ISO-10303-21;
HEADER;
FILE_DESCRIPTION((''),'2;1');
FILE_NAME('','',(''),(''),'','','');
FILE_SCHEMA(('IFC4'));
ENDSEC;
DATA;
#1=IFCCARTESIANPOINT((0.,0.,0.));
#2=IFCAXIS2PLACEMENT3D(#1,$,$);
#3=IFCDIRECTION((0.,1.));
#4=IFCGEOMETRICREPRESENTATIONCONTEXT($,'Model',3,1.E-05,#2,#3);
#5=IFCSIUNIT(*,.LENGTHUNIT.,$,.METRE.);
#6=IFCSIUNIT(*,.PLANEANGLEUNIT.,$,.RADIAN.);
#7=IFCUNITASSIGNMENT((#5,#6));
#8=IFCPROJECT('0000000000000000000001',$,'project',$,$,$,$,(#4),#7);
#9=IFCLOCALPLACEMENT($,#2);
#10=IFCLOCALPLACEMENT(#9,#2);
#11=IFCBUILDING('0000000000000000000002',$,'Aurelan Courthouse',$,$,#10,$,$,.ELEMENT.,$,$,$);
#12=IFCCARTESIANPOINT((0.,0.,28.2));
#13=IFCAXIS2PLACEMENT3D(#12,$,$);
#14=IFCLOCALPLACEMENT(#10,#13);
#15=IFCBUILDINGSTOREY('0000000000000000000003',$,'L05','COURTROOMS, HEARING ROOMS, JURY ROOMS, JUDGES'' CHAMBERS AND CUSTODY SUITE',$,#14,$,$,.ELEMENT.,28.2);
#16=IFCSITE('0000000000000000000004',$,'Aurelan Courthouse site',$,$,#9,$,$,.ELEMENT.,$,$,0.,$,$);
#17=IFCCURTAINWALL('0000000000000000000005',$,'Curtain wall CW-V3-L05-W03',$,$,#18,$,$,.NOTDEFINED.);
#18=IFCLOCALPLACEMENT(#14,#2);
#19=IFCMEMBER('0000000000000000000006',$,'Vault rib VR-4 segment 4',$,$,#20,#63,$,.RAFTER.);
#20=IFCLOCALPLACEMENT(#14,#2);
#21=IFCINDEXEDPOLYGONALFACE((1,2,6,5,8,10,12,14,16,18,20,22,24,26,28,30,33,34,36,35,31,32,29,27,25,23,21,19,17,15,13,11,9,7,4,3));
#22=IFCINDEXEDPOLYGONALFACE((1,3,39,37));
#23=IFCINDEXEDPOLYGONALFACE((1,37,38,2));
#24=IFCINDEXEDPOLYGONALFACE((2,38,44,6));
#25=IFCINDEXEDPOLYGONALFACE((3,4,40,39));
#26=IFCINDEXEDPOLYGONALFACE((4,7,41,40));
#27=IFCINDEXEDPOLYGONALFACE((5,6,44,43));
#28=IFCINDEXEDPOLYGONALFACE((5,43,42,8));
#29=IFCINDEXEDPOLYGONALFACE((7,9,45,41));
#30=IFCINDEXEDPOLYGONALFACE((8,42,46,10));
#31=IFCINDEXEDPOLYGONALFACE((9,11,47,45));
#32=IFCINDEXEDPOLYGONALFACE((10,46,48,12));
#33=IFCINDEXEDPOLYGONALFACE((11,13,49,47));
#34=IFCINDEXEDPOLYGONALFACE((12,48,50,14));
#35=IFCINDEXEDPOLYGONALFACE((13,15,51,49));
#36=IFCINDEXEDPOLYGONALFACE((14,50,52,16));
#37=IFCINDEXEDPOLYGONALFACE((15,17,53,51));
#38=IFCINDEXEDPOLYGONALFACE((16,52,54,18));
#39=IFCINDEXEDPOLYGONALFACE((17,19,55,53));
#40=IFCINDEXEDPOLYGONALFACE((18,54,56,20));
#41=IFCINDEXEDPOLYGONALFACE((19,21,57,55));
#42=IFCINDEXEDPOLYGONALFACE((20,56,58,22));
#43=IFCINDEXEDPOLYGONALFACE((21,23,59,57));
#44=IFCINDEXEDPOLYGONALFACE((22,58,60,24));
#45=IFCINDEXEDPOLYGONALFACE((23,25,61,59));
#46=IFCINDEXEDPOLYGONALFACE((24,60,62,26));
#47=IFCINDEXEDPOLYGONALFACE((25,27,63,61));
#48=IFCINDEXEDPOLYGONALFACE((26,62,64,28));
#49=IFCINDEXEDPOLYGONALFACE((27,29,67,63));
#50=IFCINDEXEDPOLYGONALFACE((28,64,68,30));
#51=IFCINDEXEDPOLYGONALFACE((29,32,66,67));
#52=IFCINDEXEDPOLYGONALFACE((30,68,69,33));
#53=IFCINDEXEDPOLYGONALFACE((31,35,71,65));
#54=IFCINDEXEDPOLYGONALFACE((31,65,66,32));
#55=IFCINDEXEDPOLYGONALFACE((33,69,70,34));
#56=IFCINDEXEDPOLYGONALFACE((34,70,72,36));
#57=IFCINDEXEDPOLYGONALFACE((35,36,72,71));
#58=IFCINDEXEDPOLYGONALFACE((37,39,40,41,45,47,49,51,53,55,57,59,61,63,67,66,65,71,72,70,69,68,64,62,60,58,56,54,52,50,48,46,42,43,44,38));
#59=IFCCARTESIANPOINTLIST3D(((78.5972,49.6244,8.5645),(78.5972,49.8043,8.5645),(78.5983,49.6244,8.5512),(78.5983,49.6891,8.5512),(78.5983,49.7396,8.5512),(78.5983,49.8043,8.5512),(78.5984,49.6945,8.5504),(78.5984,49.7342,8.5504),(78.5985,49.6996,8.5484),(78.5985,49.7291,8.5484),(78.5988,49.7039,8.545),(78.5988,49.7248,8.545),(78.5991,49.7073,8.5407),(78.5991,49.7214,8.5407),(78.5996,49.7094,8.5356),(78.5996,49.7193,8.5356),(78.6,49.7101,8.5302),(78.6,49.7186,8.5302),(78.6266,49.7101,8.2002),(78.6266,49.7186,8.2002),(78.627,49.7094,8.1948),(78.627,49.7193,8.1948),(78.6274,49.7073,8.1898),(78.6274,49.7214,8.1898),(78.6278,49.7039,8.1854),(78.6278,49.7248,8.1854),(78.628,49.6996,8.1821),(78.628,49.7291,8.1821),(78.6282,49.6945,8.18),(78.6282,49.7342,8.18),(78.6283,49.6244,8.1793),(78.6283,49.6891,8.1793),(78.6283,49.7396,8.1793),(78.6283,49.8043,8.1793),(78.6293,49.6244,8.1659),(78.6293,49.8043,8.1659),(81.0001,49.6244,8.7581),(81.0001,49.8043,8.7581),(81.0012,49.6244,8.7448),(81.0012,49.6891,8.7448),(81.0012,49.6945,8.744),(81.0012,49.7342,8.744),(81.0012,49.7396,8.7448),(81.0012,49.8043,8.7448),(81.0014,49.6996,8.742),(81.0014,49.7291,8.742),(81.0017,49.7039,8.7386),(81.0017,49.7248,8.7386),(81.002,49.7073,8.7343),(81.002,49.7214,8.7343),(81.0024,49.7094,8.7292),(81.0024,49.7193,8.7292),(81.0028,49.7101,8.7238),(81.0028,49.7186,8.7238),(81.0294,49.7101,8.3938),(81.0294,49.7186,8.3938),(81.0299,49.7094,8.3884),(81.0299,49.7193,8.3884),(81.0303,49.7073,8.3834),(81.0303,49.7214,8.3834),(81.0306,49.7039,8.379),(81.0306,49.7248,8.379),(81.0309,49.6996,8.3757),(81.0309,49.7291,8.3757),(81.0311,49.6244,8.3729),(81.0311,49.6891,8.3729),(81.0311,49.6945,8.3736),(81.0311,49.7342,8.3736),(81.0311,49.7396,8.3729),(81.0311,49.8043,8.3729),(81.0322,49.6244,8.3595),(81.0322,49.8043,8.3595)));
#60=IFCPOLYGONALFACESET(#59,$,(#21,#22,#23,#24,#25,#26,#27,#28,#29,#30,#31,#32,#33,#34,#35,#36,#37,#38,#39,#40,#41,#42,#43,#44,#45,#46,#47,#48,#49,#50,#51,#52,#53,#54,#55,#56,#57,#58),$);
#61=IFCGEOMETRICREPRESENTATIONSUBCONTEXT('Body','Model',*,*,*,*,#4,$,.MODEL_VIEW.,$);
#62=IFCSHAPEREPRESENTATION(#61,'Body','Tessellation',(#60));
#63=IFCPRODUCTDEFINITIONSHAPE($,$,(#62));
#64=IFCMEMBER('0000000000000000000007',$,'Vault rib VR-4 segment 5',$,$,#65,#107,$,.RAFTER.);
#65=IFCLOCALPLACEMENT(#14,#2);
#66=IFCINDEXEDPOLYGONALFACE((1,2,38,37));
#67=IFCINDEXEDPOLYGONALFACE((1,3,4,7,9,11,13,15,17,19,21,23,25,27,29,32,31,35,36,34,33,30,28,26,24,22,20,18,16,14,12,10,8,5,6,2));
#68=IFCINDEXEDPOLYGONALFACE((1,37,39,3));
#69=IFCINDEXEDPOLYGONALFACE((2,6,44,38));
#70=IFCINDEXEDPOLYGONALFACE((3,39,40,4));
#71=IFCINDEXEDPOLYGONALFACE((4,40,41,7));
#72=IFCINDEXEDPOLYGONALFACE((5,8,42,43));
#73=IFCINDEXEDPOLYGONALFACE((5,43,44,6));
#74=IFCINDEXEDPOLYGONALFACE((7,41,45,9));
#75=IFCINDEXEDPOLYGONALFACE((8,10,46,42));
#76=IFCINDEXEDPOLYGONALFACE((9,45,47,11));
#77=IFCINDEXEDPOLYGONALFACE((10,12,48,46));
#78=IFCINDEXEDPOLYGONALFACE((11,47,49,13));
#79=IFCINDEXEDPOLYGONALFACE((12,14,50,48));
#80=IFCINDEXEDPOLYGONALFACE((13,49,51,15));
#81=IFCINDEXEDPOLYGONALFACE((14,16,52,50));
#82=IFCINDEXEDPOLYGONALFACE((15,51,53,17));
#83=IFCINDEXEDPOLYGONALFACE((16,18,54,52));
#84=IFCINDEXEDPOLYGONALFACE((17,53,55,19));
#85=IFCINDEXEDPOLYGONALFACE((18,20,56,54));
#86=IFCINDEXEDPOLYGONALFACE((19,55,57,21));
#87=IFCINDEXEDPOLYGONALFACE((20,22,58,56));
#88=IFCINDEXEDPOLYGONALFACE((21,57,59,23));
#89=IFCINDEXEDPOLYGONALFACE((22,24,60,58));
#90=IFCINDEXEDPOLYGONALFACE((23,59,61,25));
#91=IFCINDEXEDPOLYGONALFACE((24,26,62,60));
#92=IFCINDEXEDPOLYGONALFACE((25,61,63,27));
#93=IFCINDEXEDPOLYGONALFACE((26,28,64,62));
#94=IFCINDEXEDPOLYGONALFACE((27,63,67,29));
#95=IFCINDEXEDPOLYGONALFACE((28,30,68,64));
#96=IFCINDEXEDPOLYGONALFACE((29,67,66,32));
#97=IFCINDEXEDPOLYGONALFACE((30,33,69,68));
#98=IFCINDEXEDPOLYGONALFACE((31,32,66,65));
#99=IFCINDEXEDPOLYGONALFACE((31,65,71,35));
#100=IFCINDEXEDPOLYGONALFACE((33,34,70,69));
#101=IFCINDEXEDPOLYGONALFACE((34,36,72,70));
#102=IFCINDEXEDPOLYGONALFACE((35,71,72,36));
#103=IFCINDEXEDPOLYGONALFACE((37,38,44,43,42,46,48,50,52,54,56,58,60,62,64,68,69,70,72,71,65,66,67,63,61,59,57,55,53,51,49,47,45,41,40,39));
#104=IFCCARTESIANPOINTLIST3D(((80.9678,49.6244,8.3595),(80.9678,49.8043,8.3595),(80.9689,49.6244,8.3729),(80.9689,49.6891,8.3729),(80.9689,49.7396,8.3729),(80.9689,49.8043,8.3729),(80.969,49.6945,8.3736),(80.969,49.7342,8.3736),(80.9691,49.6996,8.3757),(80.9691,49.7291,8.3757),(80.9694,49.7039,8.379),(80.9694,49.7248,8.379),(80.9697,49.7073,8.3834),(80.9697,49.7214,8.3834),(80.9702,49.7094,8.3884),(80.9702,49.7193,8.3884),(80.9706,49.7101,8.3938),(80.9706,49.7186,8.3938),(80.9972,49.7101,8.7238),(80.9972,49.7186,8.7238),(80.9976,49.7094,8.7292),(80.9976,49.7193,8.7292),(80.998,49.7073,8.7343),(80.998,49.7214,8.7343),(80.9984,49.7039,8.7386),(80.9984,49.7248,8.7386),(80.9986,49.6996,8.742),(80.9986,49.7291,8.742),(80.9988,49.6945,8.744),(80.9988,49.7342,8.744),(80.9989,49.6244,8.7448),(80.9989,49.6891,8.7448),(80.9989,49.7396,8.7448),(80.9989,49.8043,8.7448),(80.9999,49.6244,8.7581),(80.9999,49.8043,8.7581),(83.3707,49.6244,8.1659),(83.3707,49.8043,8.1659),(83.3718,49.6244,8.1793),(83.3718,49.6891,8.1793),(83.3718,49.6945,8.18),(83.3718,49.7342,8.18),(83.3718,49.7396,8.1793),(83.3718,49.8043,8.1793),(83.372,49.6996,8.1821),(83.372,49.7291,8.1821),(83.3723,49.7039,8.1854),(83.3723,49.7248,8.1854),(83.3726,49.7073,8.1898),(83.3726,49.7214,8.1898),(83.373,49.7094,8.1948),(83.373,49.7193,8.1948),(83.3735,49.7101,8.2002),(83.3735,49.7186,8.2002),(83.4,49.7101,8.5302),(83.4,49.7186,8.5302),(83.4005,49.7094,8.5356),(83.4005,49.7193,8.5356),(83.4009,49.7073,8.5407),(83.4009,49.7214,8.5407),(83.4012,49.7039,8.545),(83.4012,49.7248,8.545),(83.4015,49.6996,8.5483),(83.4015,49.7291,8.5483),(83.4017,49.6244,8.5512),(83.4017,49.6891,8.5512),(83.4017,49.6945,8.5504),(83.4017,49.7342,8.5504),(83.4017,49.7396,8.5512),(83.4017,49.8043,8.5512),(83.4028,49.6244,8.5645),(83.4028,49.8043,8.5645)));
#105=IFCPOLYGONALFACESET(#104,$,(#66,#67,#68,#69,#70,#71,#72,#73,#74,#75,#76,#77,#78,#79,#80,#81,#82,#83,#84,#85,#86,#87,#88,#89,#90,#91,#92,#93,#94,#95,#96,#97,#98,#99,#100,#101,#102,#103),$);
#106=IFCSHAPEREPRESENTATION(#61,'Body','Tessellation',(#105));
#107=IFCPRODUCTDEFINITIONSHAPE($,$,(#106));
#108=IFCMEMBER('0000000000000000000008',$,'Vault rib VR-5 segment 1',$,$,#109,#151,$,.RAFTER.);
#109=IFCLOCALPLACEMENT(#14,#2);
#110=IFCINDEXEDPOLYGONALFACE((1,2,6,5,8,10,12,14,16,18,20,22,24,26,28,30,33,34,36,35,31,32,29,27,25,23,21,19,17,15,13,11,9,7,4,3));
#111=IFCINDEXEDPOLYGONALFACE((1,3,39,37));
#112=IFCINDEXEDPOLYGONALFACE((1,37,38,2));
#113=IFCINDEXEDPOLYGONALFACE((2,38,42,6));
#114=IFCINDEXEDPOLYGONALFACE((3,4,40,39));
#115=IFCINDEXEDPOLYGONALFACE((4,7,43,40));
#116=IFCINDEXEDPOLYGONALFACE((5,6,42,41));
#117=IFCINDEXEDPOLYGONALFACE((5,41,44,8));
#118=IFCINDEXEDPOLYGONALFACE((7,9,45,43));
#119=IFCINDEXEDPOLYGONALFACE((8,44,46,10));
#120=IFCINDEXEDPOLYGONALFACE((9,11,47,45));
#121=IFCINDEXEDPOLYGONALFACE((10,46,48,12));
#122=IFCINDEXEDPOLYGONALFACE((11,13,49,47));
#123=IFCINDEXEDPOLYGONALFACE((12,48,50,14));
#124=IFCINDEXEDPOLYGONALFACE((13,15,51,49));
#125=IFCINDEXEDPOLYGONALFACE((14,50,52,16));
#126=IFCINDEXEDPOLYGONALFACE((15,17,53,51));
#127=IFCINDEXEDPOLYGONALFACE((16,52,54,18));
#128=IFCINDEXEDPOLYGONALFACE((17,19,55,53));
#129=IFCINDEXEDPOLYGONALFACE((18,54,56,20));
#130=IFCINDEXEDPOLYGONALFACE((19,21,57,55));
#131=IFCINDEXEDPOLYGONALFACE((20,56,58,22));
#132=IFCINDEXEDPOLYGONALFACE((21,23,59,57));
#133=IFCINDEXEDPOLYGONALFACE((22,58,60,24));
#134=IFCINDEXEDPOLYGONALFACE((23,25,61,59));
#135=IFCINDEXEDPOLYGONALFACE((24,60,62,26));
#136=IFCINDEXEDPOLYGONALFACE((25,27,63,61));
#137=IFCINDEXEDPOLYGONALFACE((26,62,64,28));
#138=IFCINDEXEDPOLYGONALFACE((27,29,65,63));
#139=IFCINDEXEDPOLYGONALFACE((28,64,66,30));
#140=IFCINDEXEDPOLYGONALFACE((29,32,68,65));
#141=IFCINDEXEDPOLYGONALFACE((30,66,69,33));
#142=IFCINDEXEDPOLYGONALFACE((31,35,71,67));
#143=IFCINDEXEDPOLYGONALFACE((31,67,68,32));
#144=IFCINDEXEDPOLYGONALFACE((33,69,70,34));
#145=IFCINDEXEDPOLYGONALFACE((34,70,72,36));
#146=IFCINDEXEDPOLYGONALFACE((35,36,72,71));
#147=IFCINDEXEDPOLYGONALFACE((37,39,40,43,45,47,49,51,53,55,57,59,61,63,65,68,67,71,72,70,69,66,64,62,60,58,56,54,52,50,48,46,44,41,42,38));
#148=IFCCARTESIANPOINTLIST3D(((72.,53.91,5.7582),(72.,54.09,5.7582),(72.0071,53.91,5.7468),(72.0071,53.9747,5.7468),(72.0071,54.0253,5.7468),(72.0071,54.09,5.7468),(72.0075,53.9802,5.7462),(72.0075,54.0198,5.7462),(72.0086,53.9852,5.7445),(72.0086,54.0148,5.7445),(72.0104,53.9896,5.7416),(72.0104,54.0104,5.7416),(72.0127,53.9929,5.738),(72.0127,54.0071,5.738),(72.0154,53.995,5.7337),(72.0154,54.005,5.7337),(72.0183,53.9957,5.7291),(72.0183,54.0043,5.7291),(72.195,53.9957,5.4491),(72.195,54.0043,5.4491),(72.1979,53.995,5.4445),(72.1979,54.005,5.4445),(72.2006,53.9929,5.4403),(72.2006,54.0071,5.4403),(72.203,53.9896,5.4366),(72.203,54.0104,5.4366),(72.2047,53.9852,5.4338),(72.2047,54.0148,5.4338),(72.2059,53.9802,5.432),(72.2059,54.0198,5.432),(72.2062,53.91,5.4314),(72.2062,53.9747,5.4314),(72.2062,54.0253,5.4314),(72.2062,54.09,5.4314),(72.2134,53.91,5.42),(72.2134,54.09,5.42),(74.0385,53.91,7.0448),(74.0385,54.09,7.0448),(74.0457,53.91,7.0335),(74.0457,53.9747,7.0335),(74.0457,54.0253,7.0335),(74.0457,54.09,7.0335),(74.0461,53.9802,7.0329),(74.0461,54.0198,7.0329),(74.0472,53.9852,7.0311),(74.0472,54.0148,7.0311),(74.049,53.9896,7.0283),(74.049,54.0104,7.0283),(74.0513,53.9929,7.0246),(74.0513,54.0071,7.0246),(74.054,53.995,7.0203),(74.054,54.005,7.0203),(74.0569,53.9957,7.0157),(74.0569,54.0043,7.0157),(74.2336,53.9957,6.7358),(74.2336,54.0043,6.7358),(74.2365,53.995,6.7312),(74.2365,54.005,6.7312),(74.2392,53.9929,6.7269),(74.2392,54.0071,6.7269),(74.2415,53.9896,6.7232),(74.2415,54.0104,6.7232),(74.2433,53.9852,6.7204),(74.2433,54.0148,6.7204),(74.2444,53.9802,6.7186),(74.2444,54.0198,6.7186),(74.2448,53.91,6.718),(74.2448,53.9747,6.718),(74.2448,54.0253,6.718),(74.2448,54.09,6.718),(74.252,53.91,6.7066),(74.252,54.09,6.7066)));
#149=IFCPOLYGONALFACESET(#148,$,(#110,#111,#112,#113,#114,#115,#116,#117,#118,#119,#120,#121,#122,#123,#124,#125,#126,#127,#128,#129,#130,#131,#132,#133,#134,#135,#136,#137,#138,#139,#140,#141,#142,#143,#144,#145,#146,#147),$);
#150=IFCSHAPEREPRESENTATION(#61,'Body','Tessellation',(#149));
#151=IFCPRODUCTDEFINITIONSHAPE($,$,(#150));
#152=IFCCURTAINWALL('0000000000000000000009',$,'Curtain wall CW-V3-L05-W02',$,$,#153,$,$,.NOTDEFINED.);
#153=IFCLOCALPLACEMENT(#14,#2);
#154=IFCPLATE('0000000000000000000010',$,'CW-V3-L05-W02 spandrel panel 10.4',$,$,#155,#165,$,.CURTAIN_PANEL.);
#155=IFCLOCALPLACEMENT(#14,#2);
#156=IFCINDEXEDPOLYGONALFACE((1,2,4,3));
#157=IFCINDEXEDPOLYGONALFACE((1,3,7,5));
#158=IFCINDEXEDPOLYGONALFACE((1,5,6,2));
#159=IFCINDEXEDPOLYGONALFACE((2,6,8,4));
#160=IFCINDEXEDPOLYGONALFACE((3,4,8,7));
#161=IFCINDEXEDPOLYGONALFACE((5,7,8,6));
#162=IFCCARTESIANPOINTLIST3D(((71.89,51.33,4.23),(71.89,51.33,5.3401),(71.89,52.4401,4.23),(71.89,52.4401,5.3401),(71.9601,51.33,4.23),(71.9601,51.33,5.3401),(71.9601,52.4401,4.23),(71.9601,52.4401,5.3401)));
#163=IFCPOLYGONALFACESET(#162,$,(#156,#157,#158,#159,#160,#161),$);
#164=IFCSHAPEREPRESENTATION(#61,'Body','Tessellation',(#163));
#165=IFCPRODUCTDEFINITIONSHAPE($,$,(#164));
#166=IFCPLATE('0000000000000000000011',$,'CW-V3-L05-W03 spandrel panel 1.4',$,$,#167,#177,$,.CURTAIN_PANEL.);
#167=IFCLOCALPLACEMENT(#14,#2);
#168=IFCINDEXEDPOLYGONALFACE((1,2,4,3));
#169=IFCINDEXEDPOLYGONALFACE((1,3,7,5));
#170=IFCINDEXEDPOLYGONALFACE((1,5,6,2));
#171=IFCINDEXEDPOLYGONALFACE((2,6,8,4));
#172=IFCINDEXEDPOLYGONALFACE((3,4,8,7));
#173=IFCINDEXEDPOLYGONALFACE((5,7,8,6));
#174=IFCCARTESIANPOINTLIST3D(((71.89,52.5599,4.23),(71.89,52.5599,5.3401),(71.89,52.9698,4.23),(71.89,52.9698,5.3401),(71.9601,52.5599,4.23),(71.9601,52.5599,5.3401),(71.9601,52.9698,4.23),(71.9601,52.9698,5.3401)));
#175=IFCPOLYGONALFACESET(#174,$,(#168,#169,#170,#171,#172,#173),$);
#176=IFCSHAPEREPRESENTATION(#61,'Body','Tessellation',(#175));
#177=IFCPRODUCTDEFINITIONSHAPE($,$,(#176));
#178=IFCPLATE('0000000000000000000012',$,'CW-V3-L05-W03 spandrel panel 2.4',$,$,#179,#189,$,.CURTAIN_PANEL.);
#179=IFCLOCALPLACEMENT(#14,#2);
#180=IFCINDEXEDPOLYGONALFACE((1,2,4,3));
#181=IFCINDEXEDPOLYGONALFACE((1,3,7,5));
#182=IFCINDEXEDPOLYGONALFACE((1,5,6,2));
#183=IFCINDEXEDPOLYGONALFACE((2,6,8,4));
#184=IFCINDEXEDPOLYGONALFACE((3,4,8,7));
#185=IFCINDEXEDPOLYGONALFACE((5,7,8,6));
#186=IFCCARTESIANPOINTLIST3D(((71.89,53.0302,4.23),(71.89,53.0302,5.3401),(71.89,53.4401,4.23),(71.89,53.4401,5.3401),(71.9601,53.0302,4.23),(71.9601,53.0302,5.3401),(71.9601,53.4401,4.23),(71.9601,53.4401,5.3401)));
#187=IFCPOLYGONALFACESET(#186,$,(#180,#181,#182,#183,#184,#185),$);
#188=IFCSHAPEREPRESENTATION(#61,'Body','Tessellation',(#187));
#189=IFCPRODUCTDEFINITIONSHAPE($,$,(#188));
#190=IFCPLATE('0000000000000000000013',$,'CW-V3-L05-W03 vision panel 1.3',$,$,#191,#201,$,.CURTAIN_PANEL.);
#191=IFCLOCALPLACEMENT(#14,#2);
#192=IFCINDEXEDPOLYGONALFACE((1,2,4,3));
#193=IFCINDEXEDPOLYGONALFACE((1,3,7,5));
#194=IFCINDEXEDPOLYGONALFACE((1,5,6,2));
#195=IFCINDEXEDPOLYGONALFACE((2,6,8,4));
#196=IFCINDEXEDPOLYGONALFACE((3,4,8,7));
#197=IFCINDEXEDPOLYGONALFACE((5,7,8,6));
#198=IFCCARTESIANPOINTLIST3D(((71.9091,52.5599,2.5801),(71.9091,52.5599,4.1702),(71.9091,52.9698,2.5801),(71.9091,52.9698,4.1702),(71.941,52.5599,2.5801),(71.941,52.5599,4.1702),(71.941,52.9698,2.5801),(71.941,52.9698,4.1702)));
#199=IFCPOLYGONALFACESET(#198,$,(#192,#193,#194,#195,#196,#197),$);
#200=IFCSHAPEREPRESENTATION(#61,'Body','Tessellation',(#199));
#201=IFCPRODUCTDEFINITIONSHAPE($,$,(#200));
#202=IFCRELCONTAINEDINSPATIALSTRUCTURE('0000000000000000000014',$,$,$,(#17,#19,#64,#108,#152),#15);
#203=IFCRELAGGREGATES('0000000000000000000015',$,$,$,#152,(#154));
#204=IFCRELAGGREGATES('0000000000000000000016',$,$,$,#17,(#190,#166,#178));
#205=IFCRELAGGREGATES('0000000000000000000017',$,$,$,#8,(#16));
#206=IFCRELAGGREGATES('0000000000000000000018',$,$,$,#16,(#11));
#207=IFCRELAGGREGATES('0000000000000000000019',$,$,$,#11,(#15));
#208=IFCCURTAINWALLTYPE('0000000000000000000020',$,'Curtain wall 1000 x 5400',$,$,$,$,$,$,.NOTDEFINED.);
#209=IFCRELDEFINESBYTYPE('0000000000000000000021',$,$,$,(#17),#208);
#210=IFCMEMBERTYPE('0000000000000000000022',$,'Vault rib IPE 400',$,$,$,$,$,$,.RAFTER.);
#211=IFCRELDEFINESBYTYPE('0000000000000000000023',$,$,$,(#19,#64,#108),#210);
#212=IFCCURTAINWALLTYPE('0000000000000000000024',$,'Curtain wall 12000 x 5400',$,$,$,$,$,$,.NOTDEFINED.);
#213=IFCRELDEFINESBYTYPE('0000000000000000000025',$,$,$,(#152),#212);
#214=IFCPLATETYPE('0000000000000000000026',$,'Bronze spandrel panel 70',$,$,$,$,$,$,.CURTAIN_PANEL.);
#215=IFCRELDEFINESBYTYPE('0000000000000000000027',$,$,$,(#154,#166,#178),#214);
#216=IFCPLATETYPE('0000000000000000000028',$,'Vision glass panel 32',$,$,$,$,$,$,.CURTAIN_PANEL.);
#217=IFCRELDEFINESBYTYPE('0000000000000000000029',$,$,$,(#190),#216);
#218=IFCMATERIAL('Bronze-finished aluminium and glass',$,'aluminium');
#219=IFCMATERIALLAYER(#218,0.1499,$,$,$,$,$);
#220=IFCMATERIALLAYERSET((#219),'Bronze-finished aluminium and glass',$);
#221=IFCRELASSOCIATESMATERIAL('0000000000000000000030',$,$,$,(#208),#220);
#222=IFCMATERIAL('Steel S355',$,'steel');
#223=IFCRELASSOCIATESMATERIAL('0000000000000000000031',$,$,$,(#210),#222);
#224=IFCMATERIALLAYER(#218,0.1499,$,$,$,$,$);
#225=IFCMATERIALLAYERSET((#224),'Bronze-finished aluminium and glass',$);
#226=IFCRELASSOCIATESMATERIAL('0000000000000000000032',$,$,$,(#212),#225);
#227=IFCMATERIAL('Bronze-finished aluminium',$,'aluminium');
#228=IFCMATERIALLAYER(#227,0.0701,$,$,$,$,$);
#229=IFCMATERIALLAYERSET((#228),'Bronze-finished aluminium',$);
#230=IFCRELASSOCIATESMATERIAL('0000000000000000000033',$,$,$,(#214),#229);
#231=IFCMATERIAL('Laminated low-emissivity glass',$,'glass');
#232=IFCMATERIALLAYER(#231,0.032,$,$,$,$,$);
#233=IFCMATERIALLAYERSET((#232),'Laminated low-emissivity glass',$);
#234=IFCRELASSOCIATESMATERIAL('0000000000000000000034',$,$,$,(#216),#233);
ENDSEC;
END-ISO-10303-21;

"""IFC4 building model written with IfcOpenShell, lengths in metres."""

from ifc_helpers import new_model, si_unit, direction, frame, origin, origin_2d, place, context, subcontext, project, spatial, rectangle, i_section, extrude, material, layer, layer_set, material_profile, profile_set, type_object, element, aggregate, save


model = new_model("IFC4")

# Units and contexts
model_context = context("Model", 3, precision=1e-05, world=origin(), true_north=direction((0.0, 1.0)))
body_context = subcontext(model_context, "Body", "Model", "MODEL_VIEW")
ifc_project = project(units=[si_unit("LENGTHUNIT", "METRE"), si_unit("PLANEANGLEUNIT", "RADIAN")], contexts=[model_context])

# Site, building, storey
site_placement = place(None, origin())
site = spatial("IfcSite", under=ifc_project, at=site_placement, Name="Aurelan Courthouse site", CompositionType="ELEMENT", RefElevation=0.0)
building_placement = place(site_placement, origin())
building = spatial("IfcBuilding", under=site, at=building_placement, Name="Aurelan Courthouse", CompositionType="ELEMENT")
storey_placement = place(building_placement, frame((0.0, 0.0, 28.2)))
storey = spatial("IfcBuildingStorey", under=building, at=storey_placement, Name="L05", Description="COURTROOMS, HEARING ROOMS, JURY ROOMS, JUDGES' CHAMBERS AND CUSTODY SUITE", CompositionType="ELEMENT", Elevation=28.2)

# Curtain wall
ifc_material_1 = material(Name="Bronze-finished aluminium and glass", Category="aluminium")
ifc_layer_1 = layer(ifc_material_1, 0.1499)
ifc_layer_set_1 = layer_set([ifc_layer_1], Name="Bronze-finished aluminium and glass")
curtain_wall_type_1 = type_object("IfcCurtainWallType", Name="Curtain wall 1000 x 5400", PredefinedType="NOTDEFINED", material=ifc_layer_set_1)
curtain_wall_1_placement = place(storey_placement, origin())
curtain_wall_1 = element("IfcCurtainWall", 1, at=curtain_wall_1_placement, inside=storey, type_object=curtain_wall_type_1, Name="Curtain wall CW-V3-L05-W03", PredefinedType="NOTDEFINED")
ifc_material_2 = material(Name="Bronze-finished aluminium", Category="aluminium")

# Members
ifc_material_3 = material(Name="Steel S355", Category="steel")
ifc_material_profile_1 = material_profile(ifc_material_3, i_section(OverallWidth=0.1799, OverallDepth=0.3999, WebThickness=0.0085, FlangeThickness=0.0134, FilletRadius=0.021, at=origin_2d()), Name="IPE 400")
ifc_profile_set_1 = profile_set([ifc_material_profile_1], Name="Steel S355")
member_type_1 = type_object("IfcMemberType", Name="Vault rib IPE 400", PredefinedType="RAFTER", material=ifc_profile_set_1)
for number, where, z_axis, x_axis, name in (
    (2, (78.6133, 49.7144, 8.3652), (0.99677, 0.0, 0.080313), (0.0, 1.0, 0.0), "Vault rib VR-4 segment 4"),
    (3, (80.9839, 49.7144, 8.5588), (0.99677, 0.0, -0.080313), (0.0, 1.0, 0.0), "Vault rib VR-4 segment 5"),
    (4, (72.1067, 54.0, 5.5891), (0.845657, 0.0, 0.533726), (0.0, 1.0, 0.0), "Vault rib VR-5 segment 1"),
):
    element("IfcMember", number, at=place(storey_placement, frame(where, z_axis=z_axis, x_axis=x_axis)), inside=storey, type_object=member_type_1, Name=name, PredefinedType="RAFTER", context=body_context, shape_type="SweptSolid", body=[
        extrude(i_section(OverallWidth=0.1799, OverallDepth=0.3999, WebThickness=0.0085, FlangeThickness=0.0134, FilletRadius=0.021, at=origin_2d()), origin(), (0.0, 0.0, 1.0), 2.4106),
    ])

# Curtain wall, plate
ifc_layer_2 = layer(ifc_material_1, 0.1499)
ifc_layer_set_2 = layer_set([ifc_layer_2], Name="Bronze-finished aluminium and glass")
curtain_wall_type_2 = type_object("IfcCurtainWallType", Name="Curtain wall 12000 x 5400", PredefinedType="NOTDEFINED", material=ifc_layer_set_2)
curtain_wall_2_placement = place(storey_placement, origin())
curtain_wall_2 = element("IfcCurtainWall", 5, at=curtain_wall_2_placement, inside=storey, type_object=curtain_wall_type_2, Name="Curtain wall CW-V3-L05-W02", PredefinedType="NOTDEFINED")
ifc_layer_3 = layer(ifc_material_2, 0.0701)
ifc_layer_set_3 = layer_set([ifc_layer_3], Name="Bronze-finished aluminium")
plate_type_1 = type_object("IfcPlateType", Name="Bronze spandrel panel 70", PredefinedType="CURTAIN_PANEL", material=ifc_layer_set_3)
plate_1_placement = place(storey_placement, frame((71.925, 51.885, 4.23), z_axis=(0.0, 0.0, 1.0), x_axis=(0.0, 1.0, 0.0)))
plate_1 = element("IfcPlate", 6, at=plate_1_placement, type_object=plate_type_1, Name="CW-V3-L05-W02 spandrel panel 10.4", PredefinedType="CURTAIN_PANEL", context=body_context, shape_type="SweptSolid", body=[
    extrude(rectangle(XDim=1.1101, YDim=0.0701, at=origin_2d()), origin(), (0.0, 0.0, 1.0), 1.1101),
])
aggregate(curtain_wall_2, [plate_1])

# Plates
plate_2_placement = place(storey_placement, frame((71.925, 52.7649, 4.23), z_axis=(0.0, 0.0, 1.0), x_axis=(0.0, 1.0, 0.0)))
plate_2 = element("IfcPlate", 7, at=plate_2_placement, type_object=plate_type_1, Name="CW-V3-L05-W03 spandrel panel 1.4", PredefinedType="CURTAIN_PANEL", context=body_context, shape_type="SweptSolid", body=[
    extrude(rectangle(XDim=0.4099, YDim=0.0701, at=origin_2d()), origin(), (0.0, 0.0, 1.0), 1.1101),
])
plate_3_placement = place(storey_placement, frame((71.925, 53.2351, 4.23), z_axis=(0.0, 0.0, 1.0), x_axis=(0.0, 1.0, 0.0)))
plate_3 = element("IfcPlate", 8, at=plate_3_placement, type_object=plate_type_1, Name="CW-V3-L05-W03 spandrel panel 2.4", PredefinedType="CURTAIN_PANEL", context=body_context, shape_type="SweptSolid", body=[
    extrude(rectangle(XDim=0.4099, YDim=0.0701, at=origin_2d()), origin(), (0.0, 0.0, 1.0), 1.1101),
])
ifc_material_4 = material(Name="Laminated low-emissivity glass", Category="glass")
ifc_layer_4 = layer(ifc_material_4, 0.032)
ifc_layer_set_4 = layer_set([ifc_layer_4], Name="Laminated low-emissivity glass")
plate_type_2 = type_object("IfcPlateType", Name="Vision glass panel 32", PredefinedType="CURTAIN_PANEL", material=ifc_layer_set_4)
plate_4_placement = place(storey_placement, frame((71.925, 52.7649, 2.5801), z_axis=(0.0, 0.0, 1.0), x_axis=(0.0, 1.0, 0.0)))
plate_4 = element("IfcPlate", 9, at=plate_4_placement, type_object=plate_type_2, Name="CW-V3-L05-W03 vision panel 1.3", PredefinedType="CURTAIN_PANEL", context=body_context, shape_type="SweptSolid", body=[
    extrude(rectangle(XDim=0.4099, YDim=0.032, at=origin_2d()), origin(), (0.0, 0.0, 1.0), 1.5901),
])
aggregate(curtain_wall_1, [plate_4, plate_2, plate_3])

save(model, "model.ifc")
